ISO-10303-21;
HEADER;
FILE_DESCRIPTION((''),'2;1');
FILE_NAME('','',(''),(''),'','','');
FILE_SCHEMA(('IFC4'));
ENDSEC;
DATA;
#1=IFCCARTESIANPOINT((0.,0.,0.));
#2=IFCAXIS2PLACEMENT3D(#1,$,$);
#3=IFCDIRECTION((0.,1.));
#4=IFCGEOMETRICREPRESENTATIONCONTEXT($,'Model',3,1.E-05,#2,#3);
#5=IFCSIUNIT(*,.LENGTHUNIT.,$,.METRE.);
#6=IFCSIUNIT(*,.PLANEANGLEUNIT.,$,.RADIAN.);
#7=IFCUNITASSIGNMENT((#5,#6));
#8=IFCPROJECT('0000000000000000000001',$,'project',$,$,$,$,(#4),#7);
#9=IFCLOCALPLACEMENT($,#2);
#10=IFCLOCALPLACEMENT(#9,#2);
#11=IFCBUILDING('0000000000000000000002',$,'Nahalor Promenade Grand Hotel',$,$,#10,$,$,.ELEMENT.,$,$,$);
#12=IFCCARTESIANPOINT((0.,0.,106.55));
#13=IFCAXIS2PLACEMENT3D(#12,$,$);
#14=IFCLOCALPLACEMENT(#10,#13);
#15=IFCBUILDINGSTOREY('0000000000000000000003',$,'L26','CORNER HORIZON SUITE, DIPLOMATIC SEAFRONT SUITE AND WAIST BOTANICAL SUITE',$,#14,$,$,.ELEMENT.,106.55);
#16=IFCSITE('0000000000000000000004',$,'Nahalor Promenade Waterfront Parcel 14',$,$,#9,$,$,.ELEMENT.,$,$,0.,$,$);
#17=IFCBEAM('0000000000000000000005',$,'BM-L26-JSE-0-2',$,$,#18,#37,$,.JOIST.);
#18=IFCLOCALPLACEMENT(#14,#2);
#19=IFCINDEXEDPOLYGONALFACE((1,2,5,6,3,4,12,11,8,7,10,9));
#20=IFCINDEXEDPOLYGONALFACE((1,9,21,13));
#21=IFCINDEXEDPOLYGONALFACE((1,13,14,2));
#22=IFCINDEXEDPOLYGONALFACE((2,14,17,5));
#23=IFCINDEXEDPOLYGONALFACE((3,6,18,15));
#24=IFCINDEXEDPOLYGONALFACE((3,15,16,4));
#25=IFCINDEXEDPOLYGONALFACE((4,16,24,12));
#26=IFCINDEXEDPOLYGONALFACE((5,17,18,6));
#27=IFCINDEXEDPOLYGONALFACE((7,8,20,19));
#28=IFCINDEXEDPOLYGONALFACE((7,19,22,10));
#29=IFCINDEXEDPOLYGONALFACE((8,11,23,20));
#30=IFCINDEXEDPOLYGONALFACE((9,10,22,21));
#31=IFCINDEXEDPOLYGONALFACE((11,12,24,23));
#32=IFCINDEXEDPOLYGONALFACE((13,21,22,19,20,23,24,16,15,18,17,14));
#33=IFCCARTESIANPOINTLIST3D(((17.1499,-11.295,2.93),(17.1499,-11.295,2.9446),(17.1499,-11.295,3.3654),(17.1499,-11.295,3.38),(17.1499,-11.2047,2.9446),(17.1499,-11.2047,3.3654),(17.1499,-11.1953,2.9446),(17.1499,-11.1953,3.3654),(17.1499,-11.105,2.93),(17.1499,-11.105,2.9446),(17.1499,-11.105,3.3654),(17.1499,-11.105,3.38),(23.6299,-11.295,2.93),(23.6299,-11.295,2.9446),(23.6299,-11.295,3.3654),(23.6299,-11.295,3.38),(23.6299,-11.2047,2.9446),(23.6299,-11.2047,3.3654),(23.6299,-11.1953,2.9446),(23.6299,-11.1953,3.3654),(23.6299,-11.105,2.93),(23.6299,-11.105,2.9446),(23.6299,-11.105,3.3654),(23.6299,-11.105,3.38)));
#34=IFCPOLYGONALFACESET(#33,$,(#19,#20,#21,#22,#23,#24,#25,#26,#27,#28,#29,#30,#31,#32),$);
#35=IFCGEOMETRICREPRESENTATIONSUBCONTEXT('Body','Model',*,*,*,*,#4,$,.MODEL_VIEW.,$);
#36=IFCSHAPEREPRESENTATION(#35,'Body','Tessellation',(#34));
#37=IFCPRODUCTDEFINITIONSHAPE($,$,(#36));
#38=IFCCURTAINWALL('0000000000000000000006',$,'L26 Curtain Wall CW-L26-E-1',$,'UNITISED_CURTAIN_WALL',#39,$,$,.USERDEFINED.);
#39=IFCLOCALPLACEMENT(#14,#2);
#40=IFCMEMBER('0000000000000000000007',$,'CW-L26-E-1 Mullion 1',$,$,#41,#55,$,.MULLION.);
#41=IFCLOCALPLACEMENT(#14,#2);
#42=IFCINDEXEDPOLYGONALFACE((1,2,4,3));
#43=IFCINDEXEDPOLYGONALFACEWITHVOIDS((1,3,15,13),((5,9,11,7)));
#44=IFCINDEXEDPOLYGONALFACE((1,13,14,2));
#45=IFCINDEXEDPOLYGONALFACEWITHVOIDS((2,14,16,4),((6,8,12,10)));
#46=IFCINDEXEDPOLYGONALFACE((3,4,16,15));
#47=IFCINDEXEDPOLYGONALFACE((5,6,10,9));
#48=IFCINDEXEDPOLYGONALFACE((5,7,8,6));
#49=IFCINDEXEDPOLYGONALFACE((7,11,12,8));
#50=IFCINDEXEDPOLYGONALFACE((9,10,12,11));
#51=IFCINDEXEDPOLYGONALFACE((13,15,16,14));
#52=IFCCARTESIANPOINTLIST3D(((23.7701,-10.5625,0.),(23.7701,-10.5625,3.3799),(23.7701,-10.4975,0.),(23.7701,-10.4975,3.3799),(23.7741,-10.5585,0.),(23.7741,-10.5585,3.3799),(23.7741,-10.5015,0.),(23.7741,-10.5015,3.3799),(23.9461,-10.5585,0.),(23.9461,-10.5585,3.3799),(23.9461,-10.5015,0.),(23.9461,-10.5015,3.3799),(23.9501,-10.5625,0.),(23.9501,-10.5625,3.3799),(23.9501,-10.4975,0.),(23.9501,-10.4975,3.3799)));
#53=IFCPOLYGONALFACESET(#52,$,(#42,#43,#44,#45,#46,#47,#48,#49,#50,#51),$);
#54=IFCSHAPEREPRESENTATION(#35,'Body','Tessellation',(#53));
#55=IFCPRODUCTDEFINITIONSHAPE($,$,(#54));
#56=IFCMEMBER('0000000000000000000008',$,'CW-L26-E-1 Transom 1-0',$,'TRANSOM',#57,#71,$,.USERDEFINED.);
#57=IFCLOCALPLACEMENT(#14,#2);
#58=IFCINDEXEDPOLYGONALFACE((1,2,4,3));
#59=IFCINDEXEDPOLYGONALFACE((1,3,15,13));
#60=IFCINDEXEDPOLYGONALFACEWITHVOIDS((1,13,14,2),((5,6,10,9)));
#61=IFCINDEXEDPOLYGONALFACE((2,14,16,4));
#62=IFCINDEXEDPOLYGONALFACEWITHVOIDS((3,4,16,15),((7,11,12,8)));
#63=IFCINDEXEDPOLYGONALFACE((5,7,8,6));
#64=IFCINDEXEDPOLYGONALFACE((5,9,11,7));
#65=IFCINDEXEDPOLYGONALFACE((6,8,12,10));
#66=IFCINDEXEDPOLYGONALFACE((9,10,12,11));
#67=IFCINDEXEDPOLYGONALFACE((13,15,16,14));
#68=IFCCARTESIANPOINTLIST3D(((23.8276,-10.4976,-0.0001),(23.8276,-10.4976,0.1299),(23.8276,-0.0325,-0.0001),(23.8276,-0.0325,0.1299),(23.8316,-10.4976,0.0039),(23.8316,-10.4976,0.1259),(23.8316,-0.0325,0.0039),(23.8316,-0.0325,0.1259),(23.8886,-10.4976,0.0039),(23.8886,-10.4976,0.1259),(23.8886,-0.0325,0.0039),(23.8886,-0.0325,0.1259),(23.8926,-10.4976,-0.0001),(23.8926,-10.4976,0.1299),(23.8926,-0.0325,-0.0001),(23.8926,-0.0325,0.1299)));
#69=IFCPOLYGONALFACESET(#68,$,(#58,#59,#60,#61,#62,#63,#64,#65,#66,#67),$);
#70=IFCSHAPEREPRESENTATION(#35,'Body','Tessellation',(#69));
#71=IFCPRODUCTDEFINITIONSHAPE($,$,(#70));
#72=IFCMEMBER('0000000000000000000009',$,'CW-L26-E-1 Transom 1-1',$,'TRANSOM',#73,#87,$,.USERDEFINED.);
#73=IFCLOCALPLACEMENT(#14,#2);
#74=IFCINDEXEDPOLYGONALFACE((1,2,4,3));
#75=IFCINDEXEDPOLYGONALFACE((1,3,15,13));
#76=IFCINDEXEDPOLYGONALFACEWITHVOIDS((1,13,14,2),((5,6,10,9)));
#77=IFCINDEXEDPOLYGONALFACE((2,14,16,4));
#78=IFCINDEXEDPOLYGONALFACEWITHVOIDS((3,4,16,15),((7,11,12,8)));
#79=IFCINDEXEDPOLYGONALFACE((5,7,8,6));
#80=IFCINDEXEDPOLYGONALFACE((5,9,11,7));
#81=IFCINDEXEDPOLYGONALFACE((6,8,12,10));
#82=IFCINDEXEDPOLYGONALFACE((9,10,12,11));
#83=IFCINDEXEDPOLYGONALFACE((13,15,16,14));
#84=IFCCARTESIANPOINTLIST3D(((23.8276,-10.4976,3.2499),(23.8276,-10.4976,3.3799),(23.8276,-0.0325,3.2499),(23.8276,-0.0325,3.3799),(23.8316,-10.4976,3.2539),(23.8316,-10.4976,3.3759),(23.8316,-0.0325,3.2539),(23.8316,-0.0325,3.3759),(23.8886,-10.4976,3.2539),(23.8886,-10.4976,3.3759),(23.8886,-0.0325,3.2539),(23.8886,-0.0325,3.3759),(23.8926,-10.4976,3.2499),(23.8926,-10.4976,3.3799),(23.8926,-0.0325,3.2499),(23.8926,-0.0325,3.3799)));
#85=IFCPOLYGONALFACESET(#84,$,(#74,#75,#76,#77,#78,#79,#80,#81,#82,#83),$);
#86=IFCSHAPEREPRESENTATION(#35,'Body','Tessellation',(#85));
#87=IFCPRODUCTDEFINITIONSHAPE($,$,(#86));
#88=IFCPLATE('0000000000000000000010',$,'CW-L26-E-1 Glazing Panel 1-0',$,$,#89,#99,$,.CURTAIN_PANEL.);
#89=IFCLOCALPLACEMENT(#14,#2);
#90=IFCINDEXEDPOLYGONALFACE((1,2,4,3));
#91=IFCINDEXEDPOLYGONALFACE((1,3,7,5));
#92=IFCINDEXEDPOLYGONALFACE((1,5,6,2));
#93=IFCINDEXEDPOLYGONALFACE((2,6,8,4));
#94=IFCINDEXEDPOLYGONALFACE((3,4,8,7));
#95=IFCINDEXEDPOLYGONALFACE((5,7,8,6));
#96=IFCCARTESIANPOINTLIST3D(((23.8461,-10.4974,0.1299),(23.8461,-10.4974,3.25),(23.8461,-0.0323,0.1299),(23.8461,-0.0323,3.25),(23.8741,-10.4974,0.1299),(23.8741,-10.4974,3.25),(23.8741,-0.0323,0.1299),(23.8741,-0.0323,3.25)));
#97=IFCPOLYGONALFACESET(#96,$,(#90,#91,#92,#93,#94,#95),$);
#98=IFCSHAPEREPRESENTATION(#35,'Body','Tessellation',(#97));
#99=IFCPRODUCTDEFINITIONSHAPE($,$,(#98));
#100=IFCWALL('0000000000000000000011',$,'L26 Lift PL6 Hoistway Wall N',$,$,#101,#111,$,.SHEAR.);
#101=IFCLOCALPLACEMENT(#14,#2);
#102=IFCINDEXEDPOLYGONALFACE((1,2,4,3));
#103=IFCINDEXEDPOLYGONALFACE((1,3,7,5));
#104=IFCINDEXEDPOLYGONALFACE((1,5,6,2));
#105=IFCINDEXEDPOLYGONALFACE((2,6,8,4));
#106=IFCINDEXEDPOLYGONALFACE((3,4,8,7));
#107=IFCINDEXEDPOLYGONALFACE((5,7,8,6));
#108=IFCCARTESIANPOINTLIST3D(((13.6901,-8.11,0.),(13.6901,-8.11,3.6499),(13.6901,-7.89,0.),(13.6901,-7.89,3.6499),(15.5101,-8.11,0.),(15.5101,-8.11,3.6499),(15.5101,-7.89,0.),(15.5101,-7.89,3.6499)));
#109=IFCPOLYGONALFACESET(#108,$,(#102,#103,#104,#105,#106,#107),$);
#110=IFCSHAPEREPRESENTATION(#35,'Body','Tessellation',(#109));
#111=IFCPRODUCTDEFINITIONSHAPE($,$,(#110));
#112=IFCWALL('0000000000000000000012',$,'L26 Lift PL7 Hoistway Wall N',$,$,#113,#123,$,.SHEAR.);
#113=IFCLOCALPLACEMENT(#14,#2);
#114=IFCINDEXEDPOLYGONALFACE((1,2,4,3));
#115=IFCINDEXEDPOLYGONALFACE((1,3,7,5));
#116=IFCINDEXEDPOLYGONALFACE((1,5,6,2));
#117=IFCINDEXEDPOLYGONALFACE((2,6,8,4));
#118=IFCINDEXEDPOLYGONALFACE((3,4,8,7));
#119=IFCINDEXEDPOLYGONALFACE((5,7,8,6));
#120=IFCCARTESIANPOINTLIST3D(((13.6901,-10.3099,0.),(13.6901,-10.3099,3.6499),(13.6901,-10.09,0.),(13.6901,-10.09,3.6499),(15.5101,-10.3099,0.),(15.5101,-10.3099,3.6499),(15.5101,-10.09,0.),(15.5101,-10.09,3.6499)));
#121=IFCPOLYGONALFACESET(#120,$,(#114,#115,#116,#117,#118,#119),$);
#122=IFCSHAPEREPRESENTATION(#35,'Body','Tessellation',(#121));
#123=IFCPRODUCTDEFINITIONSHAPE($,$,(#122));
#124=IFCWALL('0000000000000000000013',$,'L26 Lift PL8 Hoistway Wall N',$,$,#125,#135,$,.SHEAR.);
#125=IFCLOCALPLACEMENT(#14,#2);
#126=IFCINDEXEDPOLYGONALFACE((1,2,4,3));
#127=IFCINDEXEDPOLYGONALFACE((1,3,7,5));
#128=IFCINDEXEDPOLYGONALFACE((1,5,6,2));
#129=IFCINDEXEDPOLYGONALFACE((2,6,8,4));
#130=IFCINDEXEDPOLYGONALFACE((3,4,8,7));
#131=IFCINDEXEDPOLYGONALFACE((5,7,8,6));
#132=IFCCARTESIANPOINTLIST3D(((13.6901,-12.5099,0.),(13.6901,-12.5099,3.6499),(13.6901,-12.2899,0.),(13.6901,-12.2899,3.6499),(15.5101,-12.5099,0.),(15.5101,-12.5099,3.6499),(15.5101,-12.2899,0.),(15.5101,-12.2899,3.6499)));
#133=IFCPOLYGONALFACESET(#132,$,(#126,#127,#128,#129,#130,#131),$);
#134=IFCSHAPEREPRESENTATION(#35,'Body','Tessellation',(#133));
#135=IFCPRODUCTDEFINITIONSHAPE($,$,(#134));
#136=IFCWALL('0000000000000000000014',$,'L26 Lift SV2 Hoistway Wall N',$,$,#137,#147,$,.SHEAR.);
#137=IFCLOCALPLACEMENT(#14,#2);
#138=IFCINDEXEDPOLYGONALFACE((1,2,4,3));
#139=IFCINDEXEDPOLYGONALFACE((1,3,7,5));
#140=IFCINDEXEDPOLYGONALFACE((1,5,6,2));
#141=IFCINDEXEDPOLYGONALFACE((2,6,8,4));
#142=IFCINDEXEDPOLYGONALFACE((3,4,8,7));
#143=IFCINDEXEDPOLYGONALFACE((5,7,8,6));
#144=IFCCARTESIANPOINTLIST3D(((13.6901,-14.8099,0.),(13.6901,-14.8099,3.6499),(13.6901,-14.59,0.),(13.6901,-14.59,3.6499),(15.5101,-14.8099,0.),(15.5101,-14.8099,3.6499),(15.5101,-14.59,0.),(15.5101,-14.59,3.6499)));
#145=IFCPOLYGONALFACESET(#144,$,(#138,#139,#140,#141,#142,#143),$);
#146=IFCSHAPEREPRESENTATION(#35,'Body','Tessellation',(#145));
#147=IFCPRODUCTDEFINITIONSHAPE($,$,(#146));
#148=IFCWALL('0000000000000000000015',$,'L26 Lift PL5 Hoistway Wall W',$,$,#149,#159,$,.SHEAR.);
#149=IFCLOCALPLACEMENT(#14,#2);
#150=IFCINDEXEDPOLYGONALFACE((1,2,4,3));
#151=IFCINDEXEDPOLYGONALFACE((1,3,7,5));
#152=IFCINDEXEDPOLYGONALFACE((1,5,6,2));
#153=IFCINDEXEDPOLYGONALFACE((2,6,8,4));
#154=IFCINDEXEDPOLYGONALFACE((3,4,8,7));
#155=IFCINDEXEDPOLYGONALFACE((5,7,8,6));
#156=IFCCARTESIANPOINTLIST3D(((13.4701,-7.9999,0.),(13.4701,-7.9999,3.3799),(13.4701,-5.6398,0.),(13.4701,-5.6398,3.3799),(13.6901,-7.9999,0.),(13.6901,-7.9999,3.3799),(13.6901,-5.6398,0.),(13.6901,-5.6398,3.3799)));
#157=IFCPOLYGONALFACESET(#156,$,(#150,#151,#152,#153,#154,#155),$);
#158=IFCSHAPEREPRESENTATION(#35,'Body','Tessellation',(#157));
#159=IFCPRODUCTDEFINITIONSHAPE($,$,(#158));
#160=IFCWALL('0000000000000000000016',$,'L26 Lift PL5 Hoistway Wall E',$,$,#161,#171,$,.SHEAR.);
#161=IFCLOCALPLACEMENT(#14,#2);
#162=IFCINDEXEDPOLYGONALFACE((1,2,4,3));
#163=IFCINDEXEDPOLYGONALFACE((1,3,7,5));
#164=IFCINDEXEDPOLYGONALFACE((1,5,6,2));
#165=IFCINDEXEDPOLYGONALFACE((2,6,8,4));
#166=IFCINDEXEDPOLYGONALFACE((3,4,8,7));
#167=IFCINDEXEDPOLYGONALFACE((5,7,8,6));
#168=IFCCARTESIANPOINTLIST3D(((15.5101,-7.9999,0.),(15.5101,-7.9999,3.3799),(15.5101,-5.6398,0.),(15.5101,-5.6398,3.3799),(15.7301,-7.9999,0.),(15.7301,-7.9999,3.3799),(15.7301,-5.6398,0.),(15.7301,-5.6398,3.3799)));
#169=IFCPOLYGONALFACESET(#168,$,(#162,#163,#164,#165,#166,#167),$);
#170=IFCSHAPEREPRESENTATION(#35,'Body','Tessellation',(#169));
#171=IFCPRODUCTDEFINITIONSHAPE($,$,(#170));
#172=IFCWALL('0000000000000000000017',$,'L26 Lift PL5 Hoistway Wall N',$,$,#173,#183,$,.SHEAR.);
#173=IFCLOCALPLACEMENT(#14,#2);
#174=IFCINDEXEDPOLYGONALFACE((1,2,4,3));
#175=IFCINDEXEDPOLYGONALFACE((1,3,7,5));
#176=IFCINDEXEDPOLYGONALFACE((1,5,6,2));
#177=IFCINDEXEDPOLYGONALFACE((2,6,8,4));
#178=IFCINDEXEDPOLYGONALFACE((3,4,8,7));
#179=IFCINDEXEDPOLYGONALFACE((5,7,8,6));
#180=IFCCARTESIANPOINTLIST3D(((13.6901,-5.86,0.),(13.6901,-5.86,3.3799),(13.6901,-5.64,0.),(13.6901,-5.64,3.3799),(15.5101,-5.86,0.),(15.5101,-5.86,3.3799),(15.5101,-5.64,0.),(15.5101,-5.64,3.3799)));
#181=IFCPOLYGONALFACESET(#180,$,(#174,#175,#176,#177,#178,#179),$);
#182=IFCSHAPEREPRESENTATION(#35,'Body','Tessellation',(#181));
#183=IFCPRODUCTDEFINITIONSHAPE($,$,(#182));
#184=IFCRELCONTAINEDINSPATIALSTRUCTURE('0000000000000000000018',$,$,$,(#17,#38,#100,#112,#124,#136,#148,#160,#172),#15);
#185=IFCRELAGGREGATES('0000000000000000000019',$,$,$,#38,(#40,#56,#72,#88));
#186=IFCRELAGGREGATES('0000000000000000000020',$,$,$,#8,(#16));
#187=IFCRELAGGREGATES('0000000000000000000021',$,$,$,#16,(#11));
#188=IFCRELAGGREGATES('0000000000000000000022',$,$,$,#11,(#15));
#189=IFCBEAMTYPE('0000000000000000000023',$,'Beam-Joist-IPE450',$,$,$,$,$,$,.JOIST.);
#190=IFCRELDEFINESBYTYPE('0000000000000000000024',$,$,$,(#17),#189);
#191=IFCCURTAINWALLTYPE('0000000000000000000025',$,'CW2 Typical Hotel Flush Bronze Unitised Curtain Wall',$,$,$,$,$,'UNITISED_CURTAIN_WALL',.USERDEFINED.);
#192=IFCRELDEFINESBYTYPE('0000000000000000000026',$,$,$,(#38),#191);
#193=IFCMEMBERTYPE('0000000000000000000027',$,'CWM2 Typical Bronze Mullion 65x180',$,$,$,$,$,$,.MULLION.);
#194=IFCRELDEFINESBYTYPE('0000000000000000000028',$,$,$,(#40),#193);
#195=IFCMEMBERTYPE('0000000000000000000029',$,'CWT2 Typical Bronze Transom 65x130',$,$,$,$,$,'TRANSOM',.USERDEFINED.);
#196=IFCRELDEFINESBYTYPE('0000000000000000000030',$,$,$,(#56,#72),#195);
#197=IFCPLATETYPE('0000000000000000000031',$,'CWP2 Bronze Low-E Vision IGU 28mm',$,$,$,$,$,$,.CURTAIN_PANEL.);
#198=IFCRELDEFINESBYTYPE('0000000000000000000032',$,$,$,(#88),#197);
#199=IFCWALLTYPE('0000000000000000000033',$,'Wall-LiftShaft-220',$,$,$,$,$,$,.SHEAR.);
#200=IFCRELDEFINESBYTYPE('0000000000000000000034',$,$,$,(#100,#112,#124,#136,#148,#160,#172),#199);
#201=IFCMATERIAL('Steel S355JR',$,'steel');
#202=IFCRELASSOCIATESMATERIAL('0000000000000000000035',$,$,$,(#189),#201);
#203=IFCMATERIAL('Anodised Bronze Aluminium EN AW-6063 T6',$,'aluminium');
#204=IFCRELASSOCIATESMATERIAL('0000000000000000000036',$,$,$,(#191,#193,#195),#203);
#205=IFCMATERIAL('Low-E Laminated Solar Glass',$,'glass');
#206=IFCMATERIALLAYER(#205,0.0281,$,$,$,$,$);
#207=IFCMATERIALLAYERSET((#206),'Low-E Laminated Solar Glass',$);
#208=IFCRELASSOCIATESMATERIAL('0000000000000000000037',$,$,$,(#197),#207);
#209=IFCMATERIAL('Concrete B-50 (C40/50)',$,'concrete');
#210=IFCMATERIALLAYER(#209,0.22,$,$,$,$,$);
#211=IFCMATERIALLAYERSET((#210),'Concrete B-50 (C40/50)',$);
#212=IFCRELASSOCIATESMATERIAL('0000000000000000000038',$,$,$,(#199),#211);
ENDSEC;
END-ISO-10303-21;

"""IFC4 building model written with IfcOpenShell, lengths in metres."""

from ifc_helpers import new_model, si_unit, direction, frame, frame_2d, origin, origin_2d, place, context, subcontext, project, spatial, rectangle, hollow_rectangle, i_section, extrude, source, transform, mapped, material, layer, layer_set, material_profile, profile_set, type_object, element, aggregate, save


model = new_model("IFC4")

# Units and contexts
model_context = context("Model", 3, precision=1e-05, world=origin(), true_north=direction((0.0, 1.0)))
body_context = subcontext(model_context, "Body", "Model", "MODEL_VIEW")
ifc_project = project(units=[si_unit("LENGTHUNIT", "METRE"), si_unit("PLANEANGLEUNIT", "RADIAN")], contexts=[model_context])

# Site, building, storey
site_placement = place(None, origin())
site = spatial("IfcSite", under=ifc_project, at=site_placement, Name="Nahalor Promenade Waterfront Parcel 14", CompositionType="ELEMENT", RefElevation=0.0)
building_placement = place(site_placement, origin())
building = spatial("IfcBuilding", under=site, at=building_placement, Name="Nahalor Promenade Grand Hotel", CompositionType="ELEMENT")
storey_placement = place(building_placement, frame((0.0, 0.0, 106.55)))
storey = spatial("IfcBuildingStorey", under=building, at=storey_placement, Name="L26", Description="CORNER HORIZON SUITE, DIPLOMATIC SEAFRONT SUITE AND WAIST BOTANICAL SUITE", CompositionType="ELEMENT", Elevation=106.55)

# Beam
ifc_material_1 = material(Name="Steel S355JR", Category="steel")
ifc_material_profile_1 = material_profile(ifc_material_1, i_section(OverallWidth=0.19, OverallDepth=0.45, WebThickness=0.0094, FlangeThickness=0.0146, at=origin_2d()), Name="IPE 450")
ifc_profile_set_1 = profile_set([ifc_material_profile_1], Name="Steel S355JR")
beam_type_1 = type_object("IfcBeamType", Name="Beam-Joist-IPE450", PredefinedType="JOIST", material=ifc_profile_set_1)
shared_shape_1 = source(origin(), body_context, "Body", "SweptSolid", [
    extrude(i_section(OverallWidth=0.19, OverallDepth=0.45, WebThickness=0.0094, FlangeThickness=0.0146, at=origin_2d()), origin(), (0.0, 0.0, 1.0), 6.48),
])
beam_1_placement = place(storey_placement, frame((17.1499, -11.2, 3.155), z_axis=(1.0, 0.0, 0.0), x_axis=(0.0, 1.0, 0.0)))
element("IfcBeam", 1, at=beam_1_placement, inside=storey, type_object=beam_type_1, Name="BM-L26-JSE-0-2", PredefinedType="JOIST", context=body_context, shape_type="MappedRepresentation", body=[
    mapped(shared_shape_1, transform((0.0, 0.0, 0.0), scale=1.0)),
])

# Curtain wall, members, plate
ifc_material_2 = material(Name="Anodised Bronze Aluminium EN AW-6063 T6", Category="aluminium")
curtain_wall_type = type_object("IfcCurtainWallType", Name="CW2 Typical Hotel Flush Bronze Unitised Curtain Wall", ElementType="UNITISED_CURTAIN_WALL", PredefinedType="USERDEFINED", material=ifc_material_2)
curtain_wall_placement = place(storey_placement, origin())
curtain_wall = element("IfcCurtainWall", 2, at=curtain_wall_placement, inside=storey, type_object=curtain_wall_type, Name="L26 Curtain Wall CW-L26-E-1", ObjectType="UNITISED_CURTAIN_WALL", PredefinedType="USERDEFINED")
ifc_material_profile_2 = material_profile(ifc_material_2, hollow_rectangle(XDim=0.065, YDim=0.18, WallThickness=0.004, at=origin_2d()), Name="CWM 65x180x4")
ifc_profile_set_2 = profile_set([ifc_material_profile_2], Name="Anodised Bronze Aluminium EN AW-6063 T6")
member_type_1 = type_object("IfcMemberType", Name="CWM2 Typical Bronze Mullion 65x180", PredefinedType="MULLION", material=ifc_profile_set_2)
shared_shape_2 = source(origin(), body_context, "Body", "SweptSolid", [
    extrude(hollow_rectangle(XDim=0.065, YDim=0.18, WallThickness=0.004, at=origin_2d()), origin(), (0.0, 0.0, 1.0), 3.3799),
])
member_1_placement = place(storey_placement, frame((23.8601, -10.53, 0.0), z_axis=(0.0, 0.0, 1.0), x_axis=(0.0, 1.0, 0.0)))
member_1 = element("IfcMember", 3, at=member_1_placement, type_object=member_type_1, Name="CW-L26-E-1 Mullion 1", PredefinedType="MULLION", context=body_context, shape_type="MappedRepresentation", body=[
    mapped(shared_shape_2, transform((0.0, 0.0, 0.0), scale=1.0)),
])
ifc_material_profile_3 = material_profile(ifc_material_2, hollow_rectangle(XDim=0.065, YDim=0.13, WallThickness=0.004, at=origin_2d()), Name="CWT 65x130x4")
ifc_profile_set_3 = profile_set([ifc_material_profile_3], Name="Anodised Bronze Aluminium EN AW-6063 T6")
member_type_2 = type_object("IfcMemberType", Name="CWT2 Typical Bronze Transom 65x130", ElementType="TRANSOM", PredefinedType="USERDEFINED", material=ifc_profile_set_3)
shared_shape_3 = source(origin(), body_context, "Body", "SweptSolid", [
    extrude(hollow_rectangle(XDim=0.065, YDim=0.13, WallThickness=0.004, at=origin_2d()), origin(), (0.0, 0.0, 1.0), 10.4651),
])
member_2_placement = place(storey_placement, frame((23.8601, -10.4976, 0.0649), z_axis=(0.0, 1.0, 0.0), x_axis=(-1.0, 0.0, 0.0)))
member_2 = element("IfcMember", 4, at=member_2_placement, type_object=member_type_2, Name="CW-L26-E-1 Transom 1-0", ObjectType="TRANSOM", PredefinedType="USERDEFINED", context=body_context, shape_type="MappedRepresentation", body=[
    mapped(shared_shape_3, transform((0.0, 0.0, 0.0), scale=1.0)),
])
member_3_placement = place(storey_placement, frame((23.8601, -10.4976, 3.3149), z_axis=(0.0, 1.0, 0.0), x_axis=(-1.0, 0.0, 0.0)))
member_3 = element("IfcMember", 5, at=member_3_placement, type_object=member_type_2, Name="CW-L26-E-1 Transom 1-1", ObjectType="TRANSOM", PredefinedType="USERDEFINED", context=body_context, shape_type="MappedRepresentation", body=[
    mapped(shared_shape_3, transform((0.0, 0.0, 0.0), scale=1.0)),
])
ifc_material_3 = material(Name="Low-E Laminated Solar Glass", Category="glass")
ifc_layer_1 = layer(ifc_material_3, 0.0281)
ifc_layer_set_1 = layer_set([ifc_layer_1], Name="Low-E Laminated Solar Glass")
plate_type = type_object("IfcPlateType", Name="CWP2 Bronze Low-E Vision IGU 28mm", PredefinedType="CURTAIN_PANEL", material=ifc_layer_set_1)
shared_shape_4 = source(origin(), body_context, "Body", "SweptSolid", [
    extrude(rectangle(XDim=10.4651, YDim=0.0281, at=origin_2d()), origin(), (0.0, 0.0, 1.0), 3.1201),
])
plate_placement = place(storey_placement, frame((23.8601, -5.2649, 0.1299), z_axis=(0.0, 0.0, 1.0), x_axis=(0.0, 1.0, 0.0)))
plate = element("IfcPlate", 6, at=plate_placement, type_object=plate_type, Name="CW-L26-E-1 Glazing Panel 1-0", PredefinedType="CURTAIN_PANEL", context=body_context, shape_type="MappedRepresentation", body=[
    mapped(shared_shape_4, transform((0.0, 0.0, 0.0), scale=1.0)),
])
aggregate(curtain_wall, [member_1, member_2, member_3, plate])

# Walls
ifc_material_4 = material(Name="Concrete B-50 (C40/50)", Category="concrete")
ifc_layer_2 = layer(ifc_material_4, 0.22)
ifc_layer_set_2 = layer_set([ifc_layer_2], Name="Concrete B-50 (C40/50)")
wall_type_1 = type_object("IfcWallType", Name="Wall-LiftShaft-220", PredefinedType="SHEAR", material=ifc_layer_set_2)
shared_shape_5 = source(origin(), body_context, "Body", "SweptSolid", [
    extrude(rectangle(XDim=1.8201, YDim=0.22, at=frame_2d((0.9102, 0.0))), origin(), (0.0, 0.0, 1.0), 3.6499),
])
for number, where, z_axis, x_axis, name in (
    (7, (13.6899, -8.0, 0.0), (0.0, 0.0, 1.0), (1.0, 0.0, 0.0), "L26 Lift PL6 Hoistway Wall N"),
    (8, (13.6899, -10.2, 0.0), (0.0, 0.0, 1.0), (1.0, 0.0, 0.0), "L26 Lift PL7 Hoistway Wall N"),
    (9, (13.6899, -12.3999, 0.0), (0.0, 0.0, 1.0), (1.0, 0.0, 0.0), "L26 Lift PL8 Hoistway Wall N"),
    (10, (13.6899, -14.7, 0.0), (0.0, 0.0, 1.0), (1.0, 0.0, 0.0), "L26 Lift SV2 Hoistway Wall N"),
):
    element("IfcWall", number, at=place(storey_placement, frame(where, z_axis=z_axis, x_axis=x_axis)), inside=storey, type_object=wall_type_1, Name=name, PredefinedType="SHEAR", context=body_context, shape_type="MappedRepresentation", body=[
        mapped(shared_shape_5, transform((0.0, 0.0, 0.0), scale=1.0)),
    ])
shared_shape_6 = source(origin(), body_context, "Body", "SweptSolid", [
    extrude(rectangle(XDim=2.3601, YDim=0.22, at=frame_2d((1.1802, 0.0))), origin(), (0.0, 0.0, 1.0), 3.3799),
])
for number, where, z_axis, x_axis, name in (
    (11, (13.5801, -8.0, 0.0), (0.0, 0.0, 1.0), (0.0, 1.0, 0.0), "L26 Lift PL5 Hoistway Wall W"),
    (12, (15.6201, -8.0, 0.0), (0.0, 0.0, 1.0), (0.0, 1.0, 0.0), "L26 Lift PL5 Hoistway Wall E"),
):
    element("IfcWall", number, at=place(storey_placement, frame(where, z_axis=z_axis, x_axis=x_axis)), inside=storey, type_object=wall_type_1, Name=name, PredefinedType="SHEAR", context=body_context, shape_type="MappedRepresentation", body=[
        mapped(shared_shape_6, transform((0.0, 0.0, 0.0), scale=1.0)),
    ])
shared_shape_7 = source(origin(), body_context, "Body", "SweptSolid", [
    extrude(rectangle(XDim=1.8201, YDim=0.22, at=frame_2d((0.9102, 0.0))), origin(), (0.0, 0.0, 1.0), 3.3799),
])
wall_1_placement = place(storey_placement, frame((13.6899, -5.75, 0.0), z_axis=(0.0, 0.0, 1.0), x_axis=(1.0, 0.0, 0.0)))
element("IfcWall", 13, at=wall_1_placement, inside=storey, type_object=wall_type_1, Name="L26 Lift PL5 Hoistway Wall N", PredefinedType="SHEAR", context=body_context, shape_type="MappedRepresentation", body=[
    mapped(shared_shape_7, transform((0.0, 0.0, 0.0), scale=1.0)),
])

save(model, "model.ifc")
